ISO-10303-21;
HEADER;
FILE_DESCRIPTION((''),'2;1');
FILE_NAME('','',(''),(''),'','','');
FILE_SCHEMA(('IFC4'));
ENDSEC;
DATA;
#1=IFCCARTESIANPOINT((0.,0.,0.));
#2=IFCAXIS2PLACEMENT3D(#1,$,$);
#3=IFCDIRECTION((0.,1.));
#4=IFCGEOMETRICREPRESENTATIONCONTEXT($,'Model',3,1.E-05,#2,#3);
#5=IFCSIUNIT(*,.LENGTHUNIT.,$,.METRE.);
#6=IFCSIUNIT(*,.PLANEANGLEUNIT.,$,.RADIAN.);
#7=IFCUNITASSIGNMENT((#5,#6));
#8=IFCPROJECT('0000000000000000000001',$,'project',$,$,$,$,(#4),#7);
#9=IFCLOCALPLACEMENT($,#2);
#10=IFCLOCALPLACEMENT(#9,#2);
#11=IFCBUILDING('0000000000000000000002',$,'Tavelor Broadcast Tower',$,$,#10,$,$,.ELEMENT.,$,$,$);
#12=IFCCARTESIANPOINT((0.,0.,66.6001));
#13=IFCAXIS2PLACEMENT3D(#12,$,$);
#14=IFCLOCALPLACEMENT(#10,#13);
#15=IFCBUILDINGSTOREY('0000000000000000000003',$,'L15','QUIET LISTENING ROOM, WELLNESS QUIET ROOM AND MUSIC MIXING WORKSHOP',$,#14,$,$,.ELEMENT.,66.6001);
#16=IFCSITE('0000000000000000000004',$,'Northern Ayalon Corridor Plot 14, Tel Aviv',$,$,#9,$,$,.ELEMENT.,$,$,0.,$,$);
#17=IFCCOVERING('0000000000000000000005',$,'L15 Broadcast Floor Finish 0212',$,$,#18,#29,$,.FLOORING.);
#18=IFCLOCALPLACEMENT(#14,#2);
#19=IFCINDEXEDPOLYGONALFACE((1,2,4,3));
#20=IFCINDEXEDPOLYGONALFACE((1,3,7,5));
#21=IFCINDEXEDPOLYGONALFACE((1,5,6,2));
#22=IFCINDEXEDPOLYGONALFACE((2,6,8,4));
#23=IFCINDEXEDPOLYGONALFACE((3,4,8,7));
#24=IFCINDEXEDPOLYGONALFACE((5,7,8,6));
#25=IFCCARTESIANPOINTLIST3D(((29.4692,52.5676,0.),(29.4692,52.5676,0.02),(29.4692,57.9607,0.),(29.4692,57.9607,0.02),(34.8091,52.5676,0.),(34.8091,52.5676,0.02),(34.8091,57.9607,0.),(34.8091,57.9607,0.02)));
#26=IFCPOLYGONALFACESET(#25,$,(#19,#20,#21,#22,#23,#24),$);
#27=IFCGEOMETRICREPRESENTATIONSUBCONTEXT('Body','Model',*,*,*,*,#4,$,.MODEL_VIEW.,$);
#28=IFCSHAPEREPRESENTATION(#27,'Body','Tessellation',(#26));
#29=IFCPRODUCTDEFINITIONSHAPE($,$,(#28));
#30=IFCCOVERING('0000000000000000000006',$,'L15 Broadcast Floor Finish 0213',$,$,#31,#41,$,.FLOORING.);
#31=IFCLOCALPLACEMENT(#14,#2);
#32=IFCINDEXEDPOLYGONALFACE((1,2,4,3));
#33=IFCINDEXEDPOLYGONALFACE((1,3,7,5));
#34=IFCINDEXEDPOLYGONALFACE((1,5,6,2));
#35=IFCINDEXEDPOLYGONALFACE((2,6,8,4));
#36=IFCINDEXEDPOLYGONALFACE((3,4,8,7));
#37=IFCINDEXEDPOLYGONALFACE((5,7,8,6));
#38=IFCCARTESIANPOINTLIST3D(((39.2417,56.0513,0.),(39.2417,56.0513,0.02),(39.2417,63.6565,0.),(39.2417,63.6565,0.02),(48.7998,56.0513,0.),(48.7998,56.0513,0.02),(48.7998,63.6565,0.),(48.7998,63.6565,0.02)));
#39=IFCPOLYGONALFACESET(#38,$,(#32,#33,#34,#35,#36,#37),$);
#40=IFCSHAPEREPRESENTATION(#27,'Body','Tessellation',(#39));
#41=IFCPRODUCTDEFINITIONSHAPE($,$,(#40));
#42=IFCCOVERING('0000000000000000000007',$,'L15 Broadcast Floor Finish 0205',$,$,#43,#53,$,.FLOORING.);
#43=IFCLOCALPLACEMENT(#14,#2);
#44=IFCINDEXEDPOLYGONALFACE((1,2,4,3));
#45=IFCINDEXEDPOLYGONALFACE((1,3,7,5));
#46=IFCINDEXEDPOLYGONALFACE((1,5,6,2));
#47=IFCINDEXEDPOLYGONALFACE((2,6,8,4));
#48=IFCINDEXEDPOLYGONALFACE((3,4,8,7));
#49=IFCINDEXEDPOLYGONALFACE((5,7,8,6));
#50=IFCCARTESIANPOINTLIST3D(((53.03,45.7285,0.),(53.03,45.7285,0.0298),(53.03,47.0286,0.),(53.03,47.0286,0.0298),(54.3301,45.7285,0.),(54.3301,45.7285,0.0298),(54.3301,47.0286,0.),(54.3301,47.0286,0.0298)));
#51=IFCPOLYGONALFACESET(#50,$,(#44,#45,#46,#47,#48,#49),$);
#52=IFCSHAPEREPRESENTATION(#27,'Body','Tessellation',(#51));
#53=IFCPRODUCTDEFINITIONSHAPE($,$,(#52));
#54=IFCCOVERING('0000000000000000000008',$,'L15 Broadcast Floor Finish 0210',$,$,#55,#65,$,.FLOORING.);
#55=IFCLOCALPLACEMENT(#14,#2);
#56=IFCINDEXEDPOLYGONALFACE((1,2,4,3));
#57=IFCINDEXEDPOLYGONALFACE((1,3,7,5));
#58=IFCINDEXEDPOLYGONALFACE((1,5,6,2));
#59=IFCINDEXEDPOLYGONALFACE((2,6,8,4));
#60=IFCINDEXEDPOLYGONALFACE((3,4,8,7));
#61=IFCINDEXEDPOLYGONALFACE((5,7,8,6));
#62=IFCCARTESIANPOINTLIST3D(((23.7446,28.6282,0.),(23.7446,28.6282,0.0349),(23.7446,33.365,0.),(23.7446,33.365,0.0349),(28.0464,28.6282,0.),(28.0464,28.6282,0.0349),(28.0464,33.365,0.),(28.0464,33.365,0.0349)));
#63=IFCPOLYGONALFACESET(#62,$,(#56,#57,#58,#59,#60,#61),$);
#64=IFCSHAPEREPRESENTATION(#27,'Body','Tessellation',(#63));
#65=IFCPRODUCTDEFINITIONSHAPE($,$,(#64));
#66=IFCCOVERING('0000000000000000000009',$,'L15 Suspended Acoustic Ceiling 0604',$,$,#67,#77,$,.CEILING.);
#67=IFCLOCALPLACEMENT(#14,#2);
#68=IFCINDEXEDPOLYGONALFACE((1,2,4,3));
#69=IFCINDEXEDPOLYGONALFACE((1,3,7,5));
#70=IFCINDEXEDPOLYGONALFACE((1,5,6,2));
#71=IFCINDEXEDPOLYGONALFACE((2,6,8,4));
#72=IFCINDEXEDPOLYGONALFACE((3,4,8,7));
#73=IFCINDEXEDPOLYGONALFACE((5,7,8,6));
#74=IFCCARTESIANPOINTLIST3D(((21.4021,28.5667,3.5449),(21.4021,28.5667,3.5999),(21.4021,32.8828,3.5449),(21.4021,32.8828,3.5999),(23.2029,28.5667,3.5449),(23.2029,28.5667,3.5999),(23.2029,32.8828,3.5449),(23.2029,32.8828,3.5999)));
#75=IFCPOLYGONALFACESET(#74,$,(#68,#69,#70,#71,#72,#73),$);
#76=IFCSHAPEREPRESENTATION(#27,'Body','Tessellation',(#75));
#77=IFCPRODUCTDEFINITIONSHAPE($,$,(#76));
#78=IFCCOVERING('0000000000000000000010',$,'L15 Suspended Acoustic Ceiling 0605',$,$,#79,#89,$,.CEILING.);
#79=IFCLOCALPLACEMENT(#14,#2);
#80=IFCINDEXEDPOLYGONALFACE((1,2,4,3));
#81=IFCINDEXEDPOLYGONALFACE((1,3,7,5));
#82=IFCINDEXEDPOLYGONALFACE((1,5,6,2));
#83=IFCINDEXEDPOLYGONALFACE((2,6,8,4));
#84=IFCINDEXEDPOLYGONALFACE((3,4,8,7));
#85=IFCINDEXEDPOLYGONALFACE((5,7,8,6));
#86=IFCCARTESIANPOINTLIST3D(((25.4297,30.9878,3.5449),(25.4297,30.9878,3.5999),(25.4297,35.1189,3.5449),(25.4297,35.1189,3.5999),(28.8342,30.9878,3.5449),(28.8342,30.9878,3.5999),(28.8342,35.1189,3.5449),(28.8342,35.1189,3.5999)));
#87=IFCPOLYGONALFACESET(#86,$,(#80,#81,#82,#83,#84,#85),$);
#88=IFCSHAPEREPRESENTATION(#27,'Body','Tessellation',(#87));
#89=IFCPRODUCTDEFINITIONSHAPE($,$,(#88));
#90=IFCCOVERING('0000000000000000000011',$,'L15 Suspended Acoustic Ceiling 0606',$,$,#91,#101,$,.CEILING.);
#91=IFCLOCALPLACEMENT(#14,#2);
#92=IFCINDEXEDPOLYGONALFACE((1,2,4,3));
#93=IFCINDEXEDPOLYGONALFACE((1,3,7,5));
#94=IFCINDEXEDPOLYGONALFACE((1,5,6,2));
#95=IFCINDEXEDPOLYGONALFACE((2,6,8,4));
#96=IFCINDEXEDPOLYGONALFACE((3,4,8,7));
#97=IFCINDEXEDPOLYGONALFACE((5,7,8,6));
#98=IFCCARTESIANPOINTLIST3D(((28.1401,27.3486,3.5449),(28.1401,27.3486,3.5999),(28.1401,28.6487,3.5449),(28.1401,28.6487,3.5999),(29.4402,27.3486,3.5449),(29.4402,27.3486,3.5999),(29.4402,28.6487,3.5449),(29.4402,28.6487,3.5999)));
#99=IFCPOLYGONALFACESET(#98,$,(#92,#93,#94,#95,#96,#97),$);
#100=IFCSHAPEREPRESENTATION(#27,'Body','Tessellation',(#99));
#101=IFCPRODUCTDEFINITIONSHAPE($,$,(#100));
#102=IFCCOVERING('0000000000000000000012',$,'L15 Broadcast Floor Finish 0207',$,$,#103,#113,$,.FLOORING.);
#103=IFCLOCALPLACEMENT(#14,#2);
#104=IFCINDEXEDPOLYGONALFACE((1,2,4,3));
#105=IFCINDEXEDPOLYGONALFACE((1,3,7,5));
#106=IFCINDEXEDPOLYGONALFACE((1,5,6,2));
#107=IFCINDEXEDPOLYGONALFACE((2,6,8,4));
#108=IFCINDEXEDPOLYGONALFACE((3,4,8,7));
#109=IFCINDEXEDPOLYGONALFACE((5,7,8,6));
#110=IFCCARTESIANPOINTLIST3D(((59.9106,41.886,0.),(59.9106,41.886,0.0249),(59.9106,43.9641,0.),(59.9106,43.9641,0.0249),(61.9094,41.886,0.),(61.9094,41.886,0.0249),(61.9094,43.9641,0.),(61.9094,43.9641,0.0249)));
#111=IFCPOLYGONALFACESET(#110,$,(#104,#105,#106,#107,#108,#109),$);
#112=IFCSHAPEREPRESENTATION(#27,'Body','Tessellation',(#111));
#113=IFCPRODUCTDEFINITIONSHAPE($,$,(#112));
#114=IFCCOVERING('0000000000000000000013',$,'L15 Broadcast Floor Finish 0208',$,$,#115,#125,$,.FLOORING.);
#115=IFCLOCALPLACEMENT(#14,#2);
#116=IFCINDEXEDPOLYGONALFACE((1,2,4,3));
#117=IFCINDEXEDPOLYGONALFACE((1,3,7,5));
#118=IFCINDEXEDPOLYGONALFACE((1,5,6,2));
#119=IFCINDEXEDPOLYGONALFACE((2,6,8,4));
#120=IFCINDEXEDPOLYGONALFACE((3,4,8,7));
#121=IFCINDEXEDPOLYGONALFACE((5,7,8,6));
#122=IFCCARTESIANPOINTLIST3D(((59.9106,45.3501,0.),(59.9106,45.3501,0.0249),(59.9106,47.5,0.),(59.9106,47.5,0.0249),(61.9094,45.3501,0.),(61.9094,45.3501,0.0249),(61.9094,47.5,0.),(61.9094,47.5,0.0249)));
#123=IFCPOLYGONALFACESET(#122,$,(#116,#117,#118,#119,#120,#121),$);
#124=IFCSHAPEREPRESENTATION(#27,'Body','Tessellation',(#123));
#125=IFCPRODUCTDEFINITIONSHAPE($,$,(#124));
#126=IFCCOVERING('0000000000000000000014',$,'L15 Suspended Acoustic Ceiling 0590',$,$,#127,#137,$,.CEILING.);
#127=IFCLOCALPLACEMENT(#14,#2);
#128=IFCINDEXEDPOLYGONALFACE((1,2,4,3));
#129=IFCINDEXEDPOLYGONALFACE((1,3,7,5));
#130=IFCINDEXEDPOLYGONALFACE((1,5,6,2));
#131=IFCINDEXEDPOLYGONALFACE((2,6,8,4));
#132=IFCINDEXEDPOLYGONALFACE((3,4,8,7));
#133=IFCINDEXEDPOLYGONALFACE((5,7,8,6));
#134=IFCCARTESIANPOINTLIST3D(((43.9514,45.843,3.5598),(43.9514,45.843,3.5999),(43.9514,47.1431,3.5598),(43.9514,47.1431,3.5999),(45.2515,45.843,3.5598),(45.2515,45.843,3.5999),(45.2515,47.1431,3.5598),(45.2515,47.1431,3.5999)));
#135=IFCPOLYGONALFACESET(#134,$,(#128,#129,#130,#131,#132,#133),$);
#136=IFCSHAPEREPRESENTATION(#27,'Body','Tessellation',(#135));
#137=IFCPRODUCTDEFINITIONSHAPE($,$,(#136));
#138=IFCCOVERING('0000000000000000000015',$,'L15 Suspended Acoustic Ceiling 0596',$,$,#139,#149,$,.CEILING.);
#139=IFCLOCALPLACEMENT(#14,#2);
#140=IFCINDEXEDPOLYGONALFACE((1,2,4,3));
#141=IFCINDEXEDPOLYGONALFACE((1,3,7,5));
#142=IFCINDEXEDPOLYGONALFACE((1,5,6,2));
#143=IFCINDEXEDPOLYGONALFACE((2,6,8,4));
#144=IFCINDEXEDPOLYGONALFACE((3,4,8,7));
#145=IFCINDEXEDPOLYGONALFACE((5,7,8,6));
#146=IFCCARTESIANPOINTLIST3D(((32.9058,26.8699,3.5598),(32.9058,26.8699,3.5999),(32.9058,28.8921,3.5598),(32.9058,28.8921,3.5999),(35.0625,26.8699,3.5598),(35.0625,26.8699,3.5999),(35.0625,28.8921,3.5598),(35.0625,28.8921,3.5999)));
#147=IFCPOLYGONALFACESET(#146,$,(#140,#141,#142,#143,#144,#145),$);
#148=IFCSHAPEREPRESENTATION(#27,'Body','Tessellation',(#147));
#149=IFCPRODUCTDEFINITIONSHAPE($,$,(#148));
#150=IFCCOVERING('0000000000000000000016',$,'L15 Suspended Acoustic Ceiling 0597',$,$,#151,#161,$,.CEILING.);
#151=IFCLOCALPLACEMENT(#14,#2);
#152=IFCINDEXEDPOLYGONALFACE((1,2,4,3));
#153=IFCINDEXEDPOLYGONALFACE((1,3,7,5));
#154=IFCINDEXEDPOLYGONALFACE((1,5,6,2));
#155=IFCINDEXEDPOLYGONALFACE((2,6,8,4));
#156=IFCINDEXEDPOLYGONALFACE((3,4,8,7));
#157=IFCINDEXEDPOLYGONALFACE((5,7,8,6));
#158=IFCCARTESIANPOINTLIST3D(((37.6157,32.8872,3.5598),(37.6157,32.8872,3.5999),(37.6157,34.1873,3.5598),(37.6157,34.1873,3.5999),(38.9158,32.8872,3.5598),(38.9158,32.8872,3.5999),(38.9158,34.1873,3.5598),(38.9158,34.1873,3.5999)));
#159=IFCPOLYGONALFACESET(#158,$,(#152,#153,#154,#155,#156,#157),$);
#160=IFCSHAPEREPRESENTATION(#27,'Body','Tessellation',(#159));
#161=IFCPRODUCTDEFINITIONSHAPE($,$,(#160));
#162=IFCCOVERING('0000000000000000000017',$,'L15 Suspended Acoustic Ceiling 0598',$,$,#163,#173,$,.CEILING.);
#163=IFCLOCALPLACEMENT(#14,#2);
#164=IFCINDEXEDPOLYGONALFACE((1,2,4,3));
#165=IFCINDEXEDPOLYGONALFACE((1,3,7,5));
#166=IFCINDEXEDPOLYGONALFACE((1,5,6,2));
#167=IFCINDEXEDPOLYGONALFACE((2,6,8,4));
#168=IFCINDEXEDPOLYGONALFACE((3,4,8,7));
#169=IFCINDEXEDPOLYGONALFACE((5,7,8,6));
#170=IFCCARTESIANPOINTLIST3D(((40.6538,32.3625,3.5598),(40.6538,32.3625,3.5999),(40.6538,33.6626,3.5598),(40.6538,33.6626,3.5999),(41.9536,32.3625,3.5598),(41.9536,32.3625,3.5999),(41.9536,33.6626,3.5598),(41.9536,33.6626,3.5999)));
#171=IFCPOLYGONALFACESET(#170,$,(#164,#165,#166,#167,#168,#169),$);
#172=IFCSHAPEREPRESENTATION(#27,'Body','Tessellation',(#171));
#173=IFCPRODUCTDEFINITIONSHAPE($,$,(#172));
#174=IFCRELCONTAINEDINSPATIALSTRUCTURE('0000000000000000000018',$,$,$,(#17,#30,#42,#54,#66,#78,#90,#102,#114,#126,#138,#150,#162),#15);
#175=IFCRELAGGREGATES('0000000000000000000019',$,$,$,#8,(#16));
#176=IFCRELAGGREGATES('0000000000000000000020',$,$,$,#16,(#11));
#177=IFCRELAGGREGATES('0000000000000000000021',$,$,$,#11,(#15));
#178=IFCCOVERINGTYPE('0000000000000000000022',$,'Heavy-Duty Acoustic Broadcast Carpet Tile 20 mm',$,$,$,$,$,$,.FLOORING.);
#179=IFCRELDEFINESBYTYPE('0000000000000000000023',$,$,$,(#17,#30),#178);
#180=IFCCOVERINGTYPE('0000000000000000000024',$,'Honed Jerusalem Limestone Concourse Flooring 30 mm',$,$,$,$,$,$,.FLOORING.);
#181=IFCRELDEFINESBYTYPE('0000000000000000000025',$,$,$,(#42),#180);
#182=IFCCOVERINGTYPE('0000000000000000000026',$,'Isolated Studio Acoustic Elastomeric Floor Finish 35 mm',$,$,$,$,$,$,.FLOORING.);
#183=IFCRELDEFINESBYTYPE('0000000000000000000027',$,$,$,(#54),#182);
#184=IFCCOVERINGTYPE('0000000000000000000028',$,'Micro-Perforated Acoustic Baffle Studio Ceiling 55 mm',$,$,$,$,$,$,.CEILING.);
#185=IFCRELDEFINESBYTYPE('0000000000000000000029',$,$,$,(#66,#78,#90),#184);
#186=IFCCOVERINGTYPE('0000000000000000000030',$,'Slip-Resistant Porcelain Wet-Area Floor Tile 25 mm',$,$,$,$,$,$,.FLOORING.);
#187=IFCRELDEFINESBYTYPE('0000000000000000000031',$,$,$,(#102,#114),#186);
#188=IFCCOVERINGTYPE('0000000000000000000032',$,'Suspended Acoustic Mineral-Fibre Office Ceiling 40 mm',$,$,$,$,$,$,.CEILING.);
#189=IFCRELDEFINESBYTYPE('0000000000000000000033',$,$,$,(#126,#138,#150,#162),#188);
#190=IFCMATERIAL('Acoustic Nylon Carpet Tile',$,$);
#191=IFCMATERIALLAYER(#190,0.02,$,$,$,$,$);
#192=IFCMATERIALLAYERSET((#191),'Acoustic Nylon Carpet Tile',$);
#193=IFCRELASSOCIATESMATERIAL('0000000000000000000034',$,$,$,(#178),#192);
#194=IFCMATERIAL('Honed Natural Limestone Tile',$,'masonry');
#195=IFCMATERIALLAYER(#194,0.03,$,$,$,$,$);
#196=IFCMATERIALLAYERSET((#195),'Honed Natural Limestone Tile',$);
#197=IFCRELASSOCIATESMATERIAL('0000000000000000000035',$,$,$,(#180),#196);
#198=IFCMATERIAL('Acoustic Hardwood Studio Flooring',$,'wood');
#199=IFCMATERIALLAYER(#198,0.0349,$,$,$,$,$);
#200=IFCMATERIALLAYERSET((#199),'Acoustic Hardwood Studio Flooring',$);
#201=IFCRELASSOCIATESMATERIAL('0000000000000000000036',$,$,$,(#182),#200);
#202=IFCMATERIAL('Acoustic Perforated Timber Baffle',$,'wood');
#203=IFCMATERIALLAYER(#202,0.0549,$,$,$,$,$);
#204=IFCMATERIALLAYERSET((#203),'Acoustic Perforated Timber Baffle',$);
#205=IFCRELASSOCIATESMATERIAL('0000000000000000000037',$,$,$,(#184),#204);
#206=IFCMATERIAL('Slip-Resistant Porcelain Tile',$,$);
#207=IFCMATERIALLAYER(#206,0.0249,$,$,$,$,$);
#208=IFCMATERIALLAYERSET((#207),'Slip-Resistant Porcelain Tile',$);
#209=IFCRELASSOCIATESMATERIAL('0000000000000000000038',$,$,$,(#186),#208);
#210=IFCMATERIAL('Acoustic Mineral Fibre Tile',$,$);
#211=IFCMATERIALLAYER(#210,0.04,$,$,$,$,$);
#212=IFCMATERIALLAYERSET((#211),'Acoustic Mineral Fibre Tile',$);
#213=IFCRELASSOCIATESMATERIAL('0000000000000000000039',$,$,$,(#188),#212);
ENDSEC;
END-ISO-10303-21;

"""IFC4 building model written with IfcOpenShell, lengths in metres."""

from ifc_helpers import new_model, si_unit, direction, frame, origin, place, context, subcontext, project, spatial, polyline, outline, extrude, material, layer, layer_set, type_object, element, save


model = new_model("IFC4")

# Units and contexts
model_context = context("Model", 3, precision=1e-05, world=origin(), true_north=direction((0.0, 1.0)))
body_context = subcontext(model_context, "Body", "Model", "MODEL_VIEW")
ifc_project = project(units=[si_unit("LENGTHUNIT", "METRE"), si_unit("PLANEANGLEUNIT", "RADIAN")], contexts=[model_context])

# Site, building, storey
site_placement = place(None, origin())
site = spatial("IfcSite", under=ifc_project, at=site_placement, Name="Northern Ayalon Corridor Plot 14, Tel Aviv", CompositionType="ELEMENT", RefElevation=0.0)
building_placement = place(site_placement, origin())
building = spatial("IfcBuilding", under=site, at=building_placement, Name="Tavelor Broadcast Tower", CompositionType="ELEMENT")
storey_placement = place(building_placement, frame((0.0, 0.0, 66.6001)))
storey = spatial("IfcBuildingStorey", under=building, at=storey_placement, Name="L15", Description="QUIET LISTENING ROOM, WELLNESS QUIET ROOM AND MUSIC MIXING WORKSHOP", CompositionType="ELEMENT", Elevation=66.6001)

# Coverings
ifc_material_1 = material(Name="Acoustic Nylon Carpet Tile")
ifc_layer_1 = layer(ifc_material_1, 0.02)
ifc_layer_set_1 = layer_set([ifc_layer_1], Name="Acoustic Nylon Carpet Tile")
covering_type_1 = type_object("IfcCoveringType", Name="Heavy-Duty Acoustic Broadcast Carpet Tile 20 mm", PredefinedType="FLOORING", material=ifc_layer_set_1)
covering_1_placement = place(storey_placement, origin())
element("IfcCovering", 1, at=covering_1_placement, inside=storey, type_object=covering_type_1, Name="L15 Broadcast Floor Finish 0212", PredefinedType="FLOORING", context=body_context, shape_type="SweptSolid", body=[
    extrude(outline(polyline([(29.4692, 52.5676), (34.8091, 52.5676), (34.8091, 57.9607), (29.4692, 57.9607), (29.4692, 52.5676)])), origin(), (0.0, 0.0, 1.0), 0.02),
])
covering_2_placement = place(storey_placement, origin())
element("IfcCovering", 2, at=covering_2_placement, inside=storey, type_object=covering_type_1, Name="L15 Broadcast Floor Finish 0213", PredefinedType="FLOORING", context=body_context, shape_type="SweptSolid", body=[
    extrude(outline(polyline([(39.2417, 56.0513), (48.7998, 56.0513), (48.7998, 63.6565), (39.2417, 63.6565), (39.2417, 56.0513)])), origin(), (0.0, 0.0, 1.0), 0.02),
])
ifc_material_2 = material(Name="Honed Natural Limestone Tile", Category="masonry")
ifc_layer_2 = layer(ifc_material_2, 0.03)
ifc_layer_set_2 = layer_set([ifc_layer_2], Name="Honed Natural Limestone Tile")
covering_type_2 = type_object("IfcCoveringType", Name="Honed Jerusalem Limestone Concourse Flooring 30 mm", PredefinedType="FLOORING", material=ifc_layer_set_2)
covering_3_placement = place(storey_placement, origin())
element("IfcCovering", 3, at=covering_3_placement, inside=storey, type_object=covering_type_2, Name="L15 Broadcast Floor Finish 0205", PredefinedType="FLOORING", context=body_context, shape_type="SweptSolid", body=[
    extrude(outline(polyline([(53.03, 45.7285), (54.3301, 45.7285), (54.3301, 47.0286), (53.03, 47.0286), (53.03, 45.7285)])), origin(), (0.0, 0.0, 1.0), 0.0298),
])
ifc_material_3 = material(Name="Acoustic Hardwood Studio Flooring", Category="wood")
ifc_layer_3 = layer(ifc_material_3, 0.0349)
ifc_layer_set_3 = layer_set([ifc_layer_3], Name="Acoustic Hardwood Studio Flooring")
covering_type_3 = type_object("IfcCoveringType", Name="Isolated Studio Acoustic Elastomeric Floor Finish 35 mm", PredefinedType="FLOORING", material=ifc_layer_set_3)
covering_4_placement = place(storey_placement, origin())
element("IfcCovering", 4, at=covering_4_placement, inside=storey, type_object=covering_type_3, Name="L15 Broadcast Floor Finish 0210", PredefinedType="FLOORING", context=body_context, shape_type="SweptSolid", body=[
    extrude(outline(polyline([(23.7446, 28.6282), (28.0464, 28.6282), (28.0464, 33.365), (23.7446, 33.365), (23.7446, 28.6282)])), origin(), (0.0, 0.0, 1.0), 0.0349),
])
ifc_material_4 = material(Name="Acoustic Perforated Timber Baffle", Category="wood")
ifc_layer_4 = layer(ifc_material_4, 0.0549)
ifc_layer_set_4 = layer_set([ifc_layer_4], Name="Acoustic Perforated Timber Baffle")
covering_type_4 = type_object("IfcCoveringType", Name="Micro-Perforated Acoustic Baffle Studio Ceiling 55 mm", PredefinedType="CEILING", material=ifc_layer_set_4)
covering_5_placement = place(storey_placement, frame((0.0, 0.0, 3.5449)))
element("IfcCovering", 5, at=covering_5_placement, inside=storey, type_object=covering_type_4, Name="L15 Suspended Acoustic Ceiling 0604", PredefinedType="CEILING", context=body_context, shape_type="SweptSolid", body=[
    extrude(outline(polyline([(21.4021, 28.5667), (23.2029, 28.5667), (23.2029, 32.8828), (21.4021, 32.8828), (21.4021, 28.5667)])), origin(), (0.0, 0.0, 1.0), 0.0549),
])
covering_6_placement = place(storey_placement, frame((0.0, 0.0, 3.5449)))
element("IfcCovering", 6, at=covering_6_placement, inside=storey, type_object=covering_type_4, Name="L15 Suspended Acoustic Ceiling 0605", PredefinedType="CEILING", context=body_context, shape_type="SweptSolid", body=[
    extrude(outline(polyline([(25.4297, 30.9878), (28.8342, 30.9878), (28.8342, 35.1189), (25.4297, 35.1189), (25.4297, 30.9878)])), origin(), (0.0, 0.0, 1.0), 0.0549),
])
covering_7_placement = place(storey_placement, frame((0.0, 0.0, 3.5449)))
element("IfcCovering", 7, at=covering_7_placement, inside=storey, type_object=covering_type_4, Name="L15 Suspended Acoustic Ceiling 0606", PredefinedType="CEILING", context=body_context, shape_type="SweptSolid", body=[
    extrude(outline(polyline([(28.1401, 27.3486), (29.4402, 27.3486), (29.4402, 28.6487), (28.1401, 28.6487), (28.1401, 27.3486)])), origin(), (0.0, 0.0, 1.0), 0.0549),
])
ifc_material_5 = material(Name="Slip-Resistant Porcelain Tile")
ifc_layer_5 = layer(ifc_material_5, 0.0249)
ifc_layer_set_5 = layer_set([ifc_layer_5], Name="Slip-Resistant Porcelain Tile")
covering_type_5 = type_object("IfcCoveringType", Name="Slip-Resistant Porcelain Wet-Area Floor Tile 25 mm", PredefinedType="FLOORING", material=ifc_layer_set_5)
covering_8_placement = place(storey_placement, origin())
element("IfcCovering", 8, at=covering_8_placement, inside=storey, type_object=covering_type_5, Name="L15 Broadcast Floor Finish 0207", PredefinedType="FLOORING", context=body_context, shape_type="SweptSolid", body=[
    extrude(outline(polyline([(59.9106, 41.886), (61.9094, 41.886), (61.9094, 43.9641), (59.9106, 43.9641), (59.9106, 41.886)])), origin(), (0.0, 0.0, 1.0), 0.0249),
])
covering_9_placement = place(storey_placement, origin())
element("IfcCovering", 9, at=covering_9_placement, inside=storey, type_object=covering_type_5, Name="L15 Broadcast Floor Finish 0208", PredefinedType="FLOORING", context=body_context, shape_type="SweptSolid", body=[
    extrude(outline(polyline([(59.9106, 45.3501), (61.9094, 45.3501), (61.9094, 47.5), (59.9106, 47.5), (59.9106, 45.3501)])), origin(), (0.0, 0.0, 1.0), 0.0249),
])
ifc_material_6 = material(Name="Acoustic Mineral Fibre Tile")
ifc_layer_6 = layer(ifc_material_6, 0.04)
ifc_layer_set_6 = layer_set([ifc_layer_6], Name="Acoustic Mineral Fibre Tile")
covering_type_6 = type_object("IfcCoveringType", Name="Suspended Acoustic Mineral-Fibre Office Ceiling 40 mm", PredefinedType="CEILING", material=ifc_layer_set_6)
covering_10_placement = place(storey_placement, frame((0.0, 0.0, 3.5598)))
element("IfcCovering", 10, at=covering_10_placement, inside=storey, type_object=covering_type_6, Name="L15 Suspended Acoustic Ceiling 0590", PredefinedType="CEILING", context=body_context, shape_type="SweptSolid", body=[
    extrude(outline(polyline([(43.9514, 45.843), (45.2515, 45.843), (45.2515, 47.1431), (43.9514, 47.1431), (43.9514, 45.843)])), origin(), (0.0, 0.0, 1.0), 0.04),
])
covering_11_placement = place(storey_placement, frame((0.0, 0.0, 3.5598)))
element("IfcCovering", 11, at=covering_11_placement, inside=storey, type_object=covering_type_6, Name="L15 Suspended Acoustic Ceiling 0596", PredefinedType="CEILING", context=body_context, shape_type="SweptSolid", body=[
    extrude(outline(polyline([(32.9058, 26.8699), (35.0625, 26.8699), (35.0625, 28.8921), (32.9058, 28.8921), (32.9058, 26.8699)])), origin(), (0.0, 0.0, 1.0), 0.04),
])
covering_12_placement = place(storey_placement, frame((0.0, 0.0, 3.5598)))
element("IfcCovering", 12, at=covering_12_placement, inside=storey, type_object=covering_type_6, Name="L15 Suspended Acoustic Ceiling 0597", PredefinedType="CEILING", context=body_context, shape_type="SweptSolid", body=[
    extrude(outline(polyline([(37.6157, 32.8872), (38.9158, 32.8872), (38.9158, 34.1873), (37.6157, 34.1873), (37.6157, 32.8872)])), origin(), (0.0, 0.0, 1.0), 0.04),
])
covering_13_placement = place(storey_placement, frame((0.0, 0.0, 3.5598)))
element("IfcCovering", 13, at=covering_13_placement, inside=storey, type_object=covering_type_6, Name="L15 Suspended Acoustic Ceiling 0598", PredefinedType="CEILING", context=body_context, shape_type="SweptSolid", body=[
    extrude(outline(polyline([(40.6538, 32.3625), (41.9536, 32.3625), (41.9536, 33.6626), (40.6538, 33.6626), (40.6538, 32.3625)])), origin(), (0.0, 0.0, 1.0), 0.04),
])

save(model, "model.ifc")
